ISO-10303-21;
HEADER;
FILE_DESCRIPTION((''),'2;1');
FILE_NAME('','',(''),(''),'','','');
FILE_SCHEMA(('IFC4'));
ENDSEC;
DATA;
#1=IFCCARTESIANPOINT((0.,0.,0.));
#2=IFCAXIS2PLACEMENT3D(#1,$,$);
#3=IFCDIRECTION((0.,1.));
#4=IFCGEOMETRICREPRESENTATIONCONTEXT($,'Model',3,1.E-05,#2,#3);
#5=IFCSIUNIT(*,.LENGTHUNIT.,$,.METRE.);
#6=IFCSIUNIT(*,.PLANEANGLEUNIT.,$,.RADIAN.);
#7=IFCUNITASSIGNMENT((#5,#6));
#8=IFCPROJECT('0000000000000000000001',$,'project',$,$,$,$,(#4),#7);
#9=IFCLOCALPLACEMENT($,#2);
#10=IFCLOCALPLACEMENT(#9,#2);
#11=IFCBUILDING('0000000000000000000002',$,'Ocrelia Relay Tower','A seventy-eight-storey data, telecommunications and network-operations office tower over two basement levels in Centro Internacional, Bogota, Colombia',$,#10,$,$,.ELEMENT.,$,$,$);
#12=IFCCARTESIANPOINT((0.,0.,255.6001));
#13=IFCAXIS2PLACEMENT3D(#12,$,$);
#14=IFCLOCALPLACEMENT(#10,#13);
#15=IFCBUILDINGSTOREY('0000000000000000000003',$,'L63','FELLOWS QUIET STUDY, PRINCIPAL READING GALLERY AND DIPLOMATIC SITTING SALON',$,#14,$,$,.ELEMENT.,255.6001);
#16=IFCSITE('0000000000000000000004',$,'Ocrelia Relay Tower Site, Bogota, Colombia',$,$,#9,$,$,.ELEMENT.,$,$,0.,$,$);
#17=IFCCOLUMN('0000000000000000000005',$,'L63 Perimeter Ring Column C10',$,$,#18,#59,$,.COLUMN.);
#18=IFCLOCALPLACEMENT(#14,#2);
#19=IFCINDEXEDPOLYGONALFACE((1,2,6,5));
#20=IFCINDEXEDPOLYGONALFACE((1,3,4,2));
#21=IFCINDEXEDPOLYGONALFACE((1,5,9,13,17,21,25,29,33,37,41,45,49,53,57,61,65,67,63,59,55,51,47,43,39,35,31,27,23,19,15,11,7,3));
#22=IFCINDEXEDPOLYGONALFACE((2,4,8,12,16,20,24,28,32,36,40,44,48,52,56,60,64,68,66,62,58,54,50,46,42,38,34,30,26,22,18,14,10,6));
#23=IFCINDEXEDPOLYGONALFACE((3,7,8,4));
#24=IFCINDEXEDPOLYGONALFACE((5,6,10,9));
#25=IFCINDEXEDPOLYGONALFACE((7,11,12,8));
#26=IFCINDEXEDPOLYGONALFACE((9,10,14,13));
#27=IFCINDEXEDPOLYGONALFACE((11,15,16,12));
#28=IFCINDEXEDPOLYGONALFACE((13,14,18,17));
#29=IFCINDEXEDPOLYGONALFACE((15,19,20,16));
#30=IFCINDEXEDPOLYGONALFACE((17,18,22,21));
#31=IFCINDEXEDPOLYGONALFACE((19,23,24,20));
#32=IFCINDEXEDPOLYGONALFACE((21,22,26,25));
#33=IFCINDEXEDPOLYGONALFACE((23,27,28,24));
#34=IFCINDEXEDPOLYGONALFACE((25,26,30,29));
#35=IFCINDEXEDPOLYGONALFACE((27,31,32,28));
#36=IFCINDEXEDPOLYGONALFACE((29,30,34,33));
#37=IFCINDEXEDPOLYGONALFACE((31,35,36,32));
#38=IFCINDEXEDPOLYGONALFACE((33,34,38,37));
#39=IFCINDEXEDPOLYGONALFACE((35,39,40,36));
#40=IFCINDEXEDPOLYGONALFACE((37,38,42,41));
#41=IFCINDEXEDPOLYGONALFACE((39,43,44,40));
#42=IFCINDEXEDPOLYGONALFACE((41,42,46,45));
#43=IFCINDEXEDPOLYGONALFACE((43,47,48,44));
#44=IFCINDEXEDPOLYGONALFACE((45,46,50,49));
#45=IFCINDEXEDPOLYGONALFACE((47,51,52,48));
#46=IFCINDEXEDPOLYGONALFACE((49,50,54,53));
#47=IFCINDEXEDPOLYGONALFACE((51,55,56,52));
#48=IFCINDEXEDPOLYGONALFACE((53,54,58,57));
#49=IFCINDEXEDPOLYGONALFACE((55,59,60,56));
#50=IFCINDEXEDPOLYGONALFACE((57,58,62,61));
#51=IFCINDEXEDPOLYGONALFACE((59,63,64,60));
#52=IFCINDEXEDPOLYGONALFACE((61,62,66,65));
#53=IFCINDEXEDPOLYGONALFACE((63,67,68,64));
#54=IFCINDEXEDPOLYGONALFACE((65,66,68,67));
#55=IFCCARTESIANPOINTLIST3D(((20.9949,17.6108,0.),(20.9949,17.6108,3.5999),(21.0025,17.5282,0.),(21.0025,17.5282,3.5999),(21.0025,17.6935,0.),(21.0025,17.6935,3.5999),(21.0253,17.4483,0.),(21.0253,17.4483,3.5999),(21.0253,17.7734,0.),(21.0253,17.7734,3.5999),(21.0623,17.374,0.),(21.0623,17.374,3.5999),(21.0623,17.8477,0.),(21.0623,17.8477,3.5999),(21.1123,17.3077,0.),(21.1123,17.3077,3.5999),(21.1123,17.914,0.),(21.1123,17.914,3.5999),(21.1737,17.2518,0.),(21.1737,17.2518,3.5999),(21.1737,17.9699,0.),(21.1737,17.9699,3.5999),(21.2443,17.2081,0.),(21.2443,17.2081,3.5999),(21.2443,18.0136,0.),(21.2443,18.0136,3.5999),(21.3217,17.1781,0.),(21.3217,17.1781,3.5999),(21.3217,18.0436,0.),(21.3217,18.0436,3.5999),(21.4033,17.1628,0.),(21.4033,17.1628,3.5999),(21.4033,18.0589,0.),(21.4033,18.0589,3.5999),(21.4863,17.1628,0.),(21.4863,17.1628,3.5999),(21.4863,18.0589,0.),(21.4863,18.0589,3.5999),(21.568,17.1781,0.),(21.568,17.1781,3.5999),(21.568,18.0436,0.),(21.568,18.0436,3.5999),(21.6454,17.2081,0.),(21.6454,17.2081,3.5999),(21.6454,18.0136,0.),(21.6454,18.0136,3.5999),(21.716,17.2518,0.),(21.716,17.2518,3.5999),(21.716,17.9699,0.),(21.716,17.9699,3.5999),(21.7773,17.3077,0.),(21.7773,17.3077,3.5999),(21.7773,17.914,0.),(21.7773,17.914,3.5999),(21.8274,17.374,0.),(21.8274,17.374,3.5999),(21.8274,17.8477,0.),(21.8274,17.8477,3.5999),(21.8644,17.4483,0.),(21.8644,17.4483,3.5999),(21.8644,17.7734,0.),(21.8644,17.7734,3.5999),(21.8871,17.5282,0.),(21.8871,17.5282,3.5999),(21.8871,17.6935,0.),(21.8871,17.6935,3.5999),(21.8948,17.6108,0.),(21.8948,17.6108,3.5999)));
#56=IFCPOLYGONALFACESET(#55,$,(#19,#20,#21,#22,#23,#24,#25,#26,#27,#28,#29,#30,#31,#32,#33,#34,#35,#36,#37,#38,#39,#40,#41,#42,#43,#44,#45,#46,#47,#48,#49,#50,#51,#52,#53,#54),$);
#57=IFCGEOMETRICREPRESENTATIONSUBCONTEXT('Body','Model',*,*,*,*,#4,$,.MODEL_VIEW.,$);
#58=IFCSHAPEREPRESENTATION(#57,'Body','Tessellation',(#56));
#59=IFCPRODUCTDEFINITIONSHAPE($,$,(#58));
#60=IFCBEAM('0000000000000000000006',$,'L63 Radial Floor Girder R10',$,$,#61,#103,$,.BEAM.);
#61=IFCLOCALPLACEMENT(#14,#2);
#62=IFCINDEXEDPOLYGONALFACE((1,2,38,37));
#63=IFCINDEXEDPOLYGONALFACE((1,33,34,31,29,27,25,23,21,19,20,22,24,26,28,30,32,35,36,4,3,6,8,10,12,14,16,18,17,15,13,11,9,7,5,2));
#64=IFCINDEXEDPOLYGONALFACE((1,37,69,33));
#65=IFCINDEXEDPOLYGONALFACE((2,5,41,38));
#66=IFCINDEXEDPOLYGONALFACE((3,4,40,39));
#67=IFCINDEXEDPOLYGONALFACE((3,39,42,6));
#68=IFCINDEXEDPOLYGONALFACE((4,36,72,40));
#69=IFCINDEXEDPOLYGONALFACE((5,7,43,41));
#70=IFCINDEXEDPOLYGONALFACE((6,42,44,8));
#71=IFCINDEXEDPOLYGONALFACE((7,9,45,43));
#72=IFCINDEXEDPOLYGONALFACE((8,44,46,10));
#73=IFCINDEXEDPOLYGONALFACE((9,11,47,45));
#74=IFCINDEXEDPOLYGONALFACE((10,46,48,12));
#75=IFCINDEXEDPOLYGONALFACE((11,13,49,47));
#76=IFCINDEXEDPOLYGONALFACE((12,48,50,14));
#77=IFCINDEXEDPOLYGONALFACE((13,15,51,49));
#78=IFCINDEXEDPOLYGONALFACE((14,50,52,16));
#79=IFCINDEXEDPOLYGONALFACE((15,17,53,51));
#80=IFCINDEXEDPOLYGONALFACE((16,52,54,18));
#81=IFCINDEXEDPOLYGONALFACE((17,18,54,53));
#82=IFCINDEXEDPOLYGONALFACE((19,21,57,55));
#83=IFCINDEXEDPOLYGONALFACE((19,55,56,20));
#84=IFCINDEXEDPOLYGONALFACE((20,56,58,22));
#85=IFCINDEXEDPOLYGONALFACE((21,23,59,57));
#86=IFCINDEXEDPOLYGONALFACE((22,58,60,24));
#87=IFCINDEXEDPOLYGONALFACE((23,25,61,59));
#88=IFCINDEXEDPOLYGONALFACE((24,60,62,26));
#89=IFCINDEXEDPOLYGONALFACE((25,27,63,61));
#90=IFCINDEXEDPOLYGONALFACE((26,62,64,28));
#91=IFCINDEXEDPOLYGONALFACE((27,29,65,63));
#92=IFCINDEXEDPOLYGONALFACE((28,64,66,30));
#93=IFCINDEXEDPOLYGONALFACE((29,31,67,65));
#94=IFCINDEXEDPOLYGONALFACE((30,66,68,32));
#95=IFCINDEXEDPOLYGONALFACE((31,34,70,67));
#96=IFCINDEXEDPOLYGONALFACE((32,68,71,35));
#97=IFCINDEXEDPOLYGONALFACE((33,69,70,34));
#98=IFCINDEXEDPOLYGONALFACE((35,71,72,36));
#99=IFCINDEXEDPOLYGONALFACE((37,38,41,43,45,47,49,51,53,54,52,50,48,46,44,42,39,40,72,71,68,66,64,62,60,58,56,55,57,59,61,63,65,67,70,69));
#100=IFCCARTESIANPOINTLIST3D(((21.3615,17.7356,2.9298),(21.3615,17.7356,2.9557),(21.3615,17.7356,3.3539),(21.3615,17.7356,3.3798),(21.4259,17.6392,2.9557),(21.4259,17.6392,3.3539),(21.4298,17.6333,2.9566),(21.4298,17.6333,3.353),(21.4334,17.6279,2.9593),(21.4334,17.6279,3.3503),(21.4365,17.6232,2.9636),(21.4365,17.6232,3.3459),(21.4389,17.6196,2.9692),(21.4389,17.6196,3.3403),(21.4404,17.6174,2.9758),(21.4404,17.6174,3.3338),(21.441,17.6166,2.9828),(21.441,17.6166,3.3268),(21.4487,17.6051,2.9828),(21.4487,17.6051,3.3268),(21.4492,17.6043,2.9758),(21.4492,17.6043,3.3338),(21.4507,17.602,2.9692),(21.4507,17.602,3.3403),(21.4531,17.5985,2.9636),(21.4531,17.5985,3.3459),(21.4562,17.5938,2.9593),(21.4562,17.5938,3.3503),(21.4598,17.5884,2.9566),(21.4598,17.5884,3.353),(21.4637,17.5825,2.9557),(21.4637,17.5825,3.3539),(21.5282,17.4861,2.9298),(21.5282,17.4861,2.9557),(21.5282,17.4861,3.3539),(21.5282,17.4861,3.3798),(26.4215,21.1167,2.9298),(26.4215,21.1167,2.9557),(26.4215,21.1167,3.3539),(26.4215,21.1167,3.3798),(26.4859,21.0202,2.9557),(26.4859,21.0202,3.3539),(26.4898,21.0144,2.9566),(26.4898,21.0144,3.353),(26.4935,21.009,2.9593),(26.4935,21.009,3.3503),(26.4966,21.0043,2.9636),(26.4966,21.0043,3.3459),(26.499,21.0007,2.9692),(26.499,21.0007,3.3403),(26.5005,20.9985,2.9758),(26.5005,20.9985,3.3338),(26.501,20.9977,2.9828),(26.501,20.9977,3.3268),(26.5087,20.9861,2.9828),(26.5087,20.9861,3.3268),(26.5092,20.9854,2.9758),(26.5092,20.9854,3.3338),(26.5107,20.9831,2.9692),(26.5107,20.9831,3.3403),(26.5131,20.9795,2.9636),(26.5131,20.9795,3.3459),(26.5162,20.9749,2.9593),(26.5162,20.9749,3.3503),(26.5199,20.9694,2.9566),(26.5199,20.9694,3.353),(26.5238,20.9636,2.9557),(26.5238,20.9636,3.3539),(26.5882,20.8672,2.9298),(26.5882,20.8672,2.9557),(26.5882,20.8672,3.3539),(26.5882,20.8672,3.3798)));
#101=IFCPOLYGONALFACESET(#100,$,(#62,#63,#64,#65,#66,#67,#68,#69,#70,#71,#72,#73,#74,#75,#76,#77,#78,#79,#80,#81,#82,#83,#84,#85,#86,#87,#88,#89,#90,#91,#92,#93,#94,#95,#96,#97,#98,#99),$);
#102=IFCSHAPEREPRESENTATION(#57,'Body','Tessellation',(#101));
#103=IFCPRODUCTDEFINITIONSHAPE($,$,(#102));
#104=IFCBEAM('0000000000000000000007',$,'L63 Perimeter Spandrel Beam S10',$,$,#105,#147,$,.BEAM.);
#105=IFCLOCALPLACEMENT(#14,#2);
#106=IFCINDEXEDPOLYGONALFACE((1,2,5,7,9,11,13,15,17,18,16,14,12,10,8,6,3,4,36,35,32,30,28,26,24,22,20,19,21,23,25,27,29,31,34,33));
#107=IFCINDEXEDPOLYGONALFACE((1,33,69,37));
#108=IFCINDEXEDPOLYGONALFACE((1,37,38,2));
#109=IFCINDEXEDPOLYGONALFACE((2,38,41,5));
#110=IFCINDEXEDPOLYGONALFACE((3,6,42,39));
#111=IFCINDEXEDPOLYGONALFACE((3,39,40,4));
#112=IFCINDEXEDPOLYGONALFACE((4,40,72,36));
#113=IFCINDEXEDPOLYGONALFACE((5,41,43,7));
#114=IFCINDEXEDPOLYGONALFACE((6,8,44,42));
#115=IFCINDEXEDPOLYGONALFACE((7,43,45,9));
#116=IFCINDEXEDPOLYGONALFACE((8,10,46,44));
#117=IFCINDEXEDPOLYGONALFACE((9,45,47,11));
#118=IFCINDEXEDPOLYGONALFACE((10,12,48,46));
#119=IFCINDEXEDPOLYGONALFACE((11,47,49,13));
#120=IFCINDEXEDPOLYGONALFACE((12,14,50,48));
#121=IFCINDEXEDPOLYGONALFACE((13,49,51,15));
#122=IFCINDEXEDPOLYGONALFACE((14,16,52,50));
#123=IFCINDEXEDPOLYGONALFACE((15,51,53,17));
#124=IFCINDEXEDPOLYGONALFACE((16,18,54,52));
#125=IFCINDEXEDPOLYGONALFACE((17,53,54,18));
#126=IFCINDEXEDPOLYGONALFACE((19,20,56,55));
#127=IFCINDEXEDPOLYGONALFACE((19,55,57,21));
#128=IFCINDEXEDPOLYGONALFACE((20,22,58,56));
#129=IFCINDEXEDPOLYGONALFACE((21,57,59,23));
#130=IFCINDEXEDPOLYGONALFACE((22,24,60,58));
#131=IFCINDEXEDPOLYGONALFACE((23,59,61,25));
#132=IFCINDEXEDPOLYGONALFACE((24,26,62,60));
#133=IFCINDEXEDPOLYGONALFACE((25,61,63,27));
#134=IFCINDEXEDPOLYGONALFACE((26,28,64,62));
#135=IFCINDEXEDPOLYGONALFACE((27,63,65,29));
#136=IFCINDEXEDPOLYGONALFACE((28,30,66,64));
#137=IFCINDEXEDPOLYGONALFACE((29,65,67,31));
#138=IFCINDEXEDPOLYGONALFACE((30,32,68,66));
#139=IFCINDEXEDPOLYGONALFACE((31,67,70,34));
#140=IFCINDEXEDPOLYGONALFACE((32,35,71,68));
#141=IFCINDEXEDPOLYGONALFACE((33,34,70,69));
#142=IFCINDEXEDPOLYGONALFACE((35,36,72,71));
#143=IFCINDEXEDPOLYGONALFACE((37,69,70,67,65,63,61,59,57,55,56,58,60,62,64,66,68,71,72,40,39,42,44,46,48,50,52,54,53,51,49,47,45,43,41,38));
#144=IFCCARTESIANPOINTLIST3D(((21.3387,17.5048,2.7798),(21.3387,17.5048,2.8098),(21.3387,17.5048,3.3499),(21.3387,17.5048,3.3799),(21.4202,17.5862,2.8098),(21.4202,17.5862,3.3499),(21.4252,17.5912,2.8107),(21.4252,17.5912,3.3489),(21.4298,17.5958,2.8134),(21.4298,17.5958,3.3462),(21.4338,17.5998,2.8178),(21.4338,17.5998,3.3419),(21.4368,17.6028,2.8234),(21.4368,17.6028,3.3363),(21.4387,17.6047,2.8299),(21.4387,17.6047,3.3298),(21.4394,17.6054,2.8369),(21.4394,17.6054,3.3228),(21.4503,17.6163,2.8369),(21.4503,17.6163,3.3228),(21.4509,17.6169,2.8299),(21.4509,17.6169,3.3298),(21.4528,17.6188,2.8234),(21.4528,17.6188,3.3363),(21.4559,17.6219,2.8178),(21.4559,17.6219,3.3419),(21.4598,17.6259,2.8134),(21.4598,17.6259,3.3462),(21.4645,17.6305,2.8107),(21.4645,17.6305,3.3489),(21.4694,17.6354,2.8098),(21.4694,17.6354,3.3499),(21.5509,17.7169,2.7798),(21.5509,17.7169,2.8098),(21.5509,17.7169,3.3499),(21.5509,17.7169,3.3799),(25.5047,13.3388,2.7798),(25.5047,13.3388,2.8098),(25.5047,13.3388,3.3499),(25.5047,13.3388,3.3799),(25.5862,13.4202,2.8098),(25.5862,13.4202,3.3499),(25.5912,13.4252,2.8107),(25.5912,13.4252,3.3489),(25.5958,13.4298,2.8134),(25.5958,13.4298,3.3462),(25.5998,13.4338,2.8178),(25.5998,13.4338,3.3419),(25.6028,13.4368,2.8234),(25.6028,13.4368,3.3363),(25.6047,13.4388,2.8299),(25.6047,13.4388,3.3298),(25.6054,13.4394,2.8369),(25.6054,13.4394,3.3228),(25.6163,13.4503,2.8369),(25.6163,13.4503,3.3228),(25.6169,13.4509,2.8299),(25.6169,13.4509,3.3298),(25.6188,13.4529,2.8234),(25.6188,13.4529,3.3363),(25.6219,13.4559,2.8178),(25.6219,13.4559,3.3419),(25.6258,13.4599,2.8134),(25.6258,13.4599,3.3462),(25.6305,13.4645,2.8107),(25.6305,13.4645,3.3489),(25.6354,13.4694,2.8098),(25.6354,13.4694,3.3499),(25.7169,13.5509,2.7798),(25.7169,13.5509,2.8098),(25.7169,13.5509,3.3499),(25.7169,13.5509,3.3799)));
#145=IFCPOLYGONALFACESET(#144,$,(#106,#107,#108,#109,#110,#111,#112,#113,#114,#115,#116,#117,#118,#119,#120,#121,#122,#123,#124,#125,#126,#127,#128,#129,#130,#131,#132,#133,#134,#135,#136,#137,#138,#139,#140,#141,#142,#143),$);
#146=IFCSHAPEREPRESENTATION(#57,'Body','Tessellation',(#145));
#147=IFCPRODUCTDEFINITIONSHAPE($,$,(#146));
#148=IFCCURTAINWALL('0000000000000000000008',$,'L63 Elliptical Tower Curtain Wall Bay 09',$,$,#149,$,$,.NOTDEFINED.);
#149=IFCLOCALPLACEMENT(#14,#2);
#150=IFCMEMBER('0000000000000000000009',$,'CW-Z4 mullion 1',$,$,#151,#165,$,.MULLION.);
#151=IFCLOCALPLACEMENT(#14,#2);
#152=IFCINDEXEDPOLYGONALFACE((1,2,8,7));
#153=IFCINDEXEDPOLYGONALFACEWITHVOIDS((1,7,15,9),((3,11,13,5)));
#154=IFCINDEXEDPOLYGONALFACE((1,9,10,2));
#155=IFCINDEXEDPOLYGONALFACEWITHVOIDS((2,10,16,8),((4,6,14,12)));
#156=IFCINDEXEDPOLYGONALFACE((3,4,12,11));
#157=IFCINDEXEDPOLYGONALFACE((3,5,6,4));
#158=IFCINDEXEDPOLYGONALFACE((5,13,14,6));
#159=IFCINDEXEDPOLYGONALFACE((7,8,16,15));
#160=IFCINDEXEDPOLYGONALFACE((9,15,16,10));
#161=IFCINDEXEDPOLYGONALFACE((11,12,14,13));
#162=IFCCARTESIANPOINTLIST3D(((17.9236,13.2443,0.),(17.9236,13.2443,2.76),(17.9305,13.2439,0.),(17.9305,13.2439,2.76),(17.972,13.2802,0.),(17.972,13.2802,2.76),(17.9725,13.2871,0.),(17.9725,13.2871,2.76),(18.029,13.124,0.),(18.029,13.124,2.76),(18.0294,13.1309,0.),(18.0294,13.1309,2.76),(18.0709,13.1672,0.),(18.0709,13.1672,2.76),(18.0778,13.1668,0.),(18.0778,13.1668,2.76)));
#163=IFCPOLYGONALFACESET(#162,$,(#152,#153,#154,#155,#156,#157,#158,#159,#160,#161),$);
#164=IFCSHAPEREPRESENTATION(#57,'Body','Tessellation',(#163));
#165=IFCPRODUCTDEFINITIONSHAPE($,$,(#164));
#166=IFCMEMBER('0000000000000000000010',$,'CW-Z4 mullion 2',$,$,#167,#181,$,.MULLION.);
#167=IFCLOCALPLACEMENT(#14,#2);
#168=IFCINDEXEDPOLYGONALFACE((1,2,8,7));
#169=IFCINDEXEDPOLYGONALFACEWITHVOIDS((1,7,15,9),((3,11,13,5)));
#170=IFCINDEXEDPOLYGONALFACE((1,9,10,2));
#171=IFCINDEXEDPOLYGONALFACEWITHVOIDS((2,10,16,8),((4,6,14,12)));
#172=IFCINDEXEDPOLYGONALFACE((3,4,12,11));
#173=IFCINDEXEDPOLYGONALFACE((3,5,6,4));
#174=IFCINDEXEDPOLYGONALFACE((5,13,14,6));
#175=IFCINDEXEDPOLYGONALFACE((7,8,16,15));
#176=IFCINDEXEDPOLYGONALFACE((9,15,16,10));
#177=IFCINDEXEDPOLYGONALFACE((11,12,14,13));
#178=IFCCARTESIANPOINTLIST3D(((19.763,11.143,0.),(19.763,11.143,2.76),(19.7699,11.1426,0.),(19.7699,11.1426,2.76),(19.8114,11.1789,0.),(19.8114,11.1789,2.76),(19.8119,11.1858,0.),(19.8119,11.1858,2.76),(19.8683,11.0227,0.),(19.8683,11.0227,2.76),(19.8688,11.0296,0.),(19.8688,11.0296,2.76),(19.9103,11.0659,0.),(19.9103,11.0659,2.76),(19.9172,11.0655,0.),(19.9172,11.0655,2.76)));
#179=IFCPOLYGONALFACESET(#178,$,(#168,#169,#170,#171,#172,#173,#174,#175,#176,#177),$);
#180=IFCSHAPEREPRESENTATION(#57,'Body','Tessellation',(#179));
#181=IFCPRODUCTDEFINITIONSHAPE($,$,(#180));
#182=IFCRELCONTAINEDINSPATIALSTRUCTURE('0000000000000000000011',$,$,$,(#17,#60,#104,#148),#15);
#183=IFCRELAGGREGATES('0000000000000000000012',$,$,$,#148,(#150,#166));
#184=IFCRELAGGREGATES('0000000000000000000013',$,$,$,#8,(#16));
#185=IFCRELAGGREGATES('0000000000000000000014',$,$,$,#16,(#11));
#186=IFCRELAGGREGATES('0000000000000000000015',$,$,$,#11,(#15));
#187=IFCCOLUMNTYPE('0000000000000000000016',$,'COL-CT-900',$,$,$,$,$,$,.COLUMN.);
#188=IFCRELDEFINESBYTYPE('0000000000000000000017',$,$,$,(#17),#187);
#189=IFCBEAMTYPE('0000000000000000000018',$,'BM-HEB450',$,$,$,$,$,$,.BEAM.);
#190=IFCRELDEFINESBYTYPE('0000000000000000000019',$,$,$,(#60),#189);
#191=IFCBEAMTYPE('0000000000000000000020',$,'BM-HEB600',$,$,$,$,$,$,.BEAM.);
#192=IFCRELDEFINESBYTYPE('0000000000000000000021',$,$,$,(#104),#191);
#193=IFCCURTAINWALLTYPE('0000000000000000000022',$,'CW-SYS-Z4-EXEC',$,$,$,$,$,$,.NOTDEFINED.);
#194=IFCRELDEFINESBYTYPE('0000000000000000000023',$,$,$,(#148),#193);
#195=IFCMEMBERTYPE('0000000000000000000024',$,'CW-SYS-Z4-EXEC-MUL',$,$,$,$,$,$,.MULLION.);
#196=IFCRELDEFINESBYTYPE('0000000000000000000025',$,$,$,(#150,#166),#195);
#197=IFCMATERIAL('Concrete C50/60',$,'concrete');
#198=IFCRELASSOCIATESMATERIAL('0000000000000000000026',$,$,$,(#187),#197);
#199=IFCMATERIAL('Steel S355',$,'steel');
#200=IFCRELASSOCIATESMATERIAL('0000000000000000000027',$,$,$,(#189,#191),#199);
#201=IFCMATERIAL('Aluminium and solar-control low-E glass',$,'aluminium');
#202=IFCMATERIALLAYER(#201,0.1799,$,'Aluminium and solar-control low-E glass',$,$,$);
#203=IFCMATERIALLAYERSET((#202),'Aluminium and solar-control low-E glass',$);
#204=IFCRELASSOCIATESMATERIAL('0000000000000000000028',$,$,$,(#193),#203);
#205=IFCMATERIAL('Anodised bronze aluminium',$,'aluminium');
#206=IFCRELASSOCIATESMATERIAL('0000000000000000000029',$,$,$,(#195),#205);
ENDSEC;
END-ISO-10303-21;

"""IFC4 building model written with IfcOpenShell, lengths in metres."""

from ifc_helpers import new_model, si_unit, direction, frame, origin, origin_2d, place, context, subcontext, project, spatial, hollow_rectangle, circle, i_section, extrude, material, layer, layer_set, material_profile, profile_set, type_object, element, aggregate, save


model = new_model("IFC4")

# Units and contexts
model_context = context("Model", 3, precision=1e-05, world=origin(), true_north=direction((0.0, 1.0)))
body_context = subcontext(model_context, "Body", "Model", "MODEL_VIEW")
ifc_project = project(units=[si_unit("LENGTHUNIT", "METRE"), si_unit("PLANEANGLEUNIT", "RADIAN")], contexts=[model_context])

# Site, building, storey
site_placement = place(None, origin())
site = spatial("IfcSite", under=ifc_project, at=site_placement, Name="Ocrelia Relay Tower Site, Bogota, Colombia", CompositionType="ELEMENT", RefElevation=0.0)
building_placement = place(site_placement, origin())
building = spatial("IfcBuilding", under=site, at=building_placement, Name="Ocrelia Relay Tower", Description="A seventy-eight-storey data, telecommunications and network-operations office tower over two basement levels in Centro Internacional, Bogota, Colombia", CompositionType="ELEMENT")
storey_placement = place(building_placement, frame((0.0, 0.0, 255.6001)))
storey = spatial("IfcBuildingStorey", under=building, at=storey_placement, Name="L63", Description="FELLOWS QUIET STUDY, PRINCIPAL READING GALLERY AND DIPLOMATIC SITTING SALON", CompositionType="ELEMENT", Elevation=255.6001)

# Column
ifc_material_1 = material(Name="Concrete C50/60", Category="concrete")
ifc_material_profile_1 = material_profile(ifc_material_1, circle(Radius=0.45, at=origin_2d()), Name="RC-CIR-900")
ifc_profile_set_1 = profile_set([ifc_material_profile_1], Name="Concrete C50/60")
column_type = type_object("IfcColumnType", Name="COL-CT-900", PredefinedType="COLUMN", material=ifc_profile_set_1)
column_placement = place(storey_placement, frame((21.4448, 17.6108, 0.0), z_axis=(0.0, 0.0, 1.0), x_axis=(1.0, 0.0, 0.0)))
element("IfcColumn", 1, at=column_placement, inside=storey, type_object=column_type, Name="L63 Perimeter Ring Column C10", PredefinedType="COLUMN", context=body_context, shape_type="SweptSolid", body=[
    extrude(circle(Radius=0.45, at=origin_2d()), origin(), (0.0, 0.0, 1.0), 3.5999),
])

# Beams
ifc_material_2 = material(Name="Steel S355", Category="steel")
ifc_material_profile_2 = material_profile(ifc_material_2, i_section(OverallWidth=0.3, OverallDepth=0.45, WebThickness=0.0139, FlangeThickness=0.0259, FilletRadius=0.0271, at=origin_2d()), Name="HEB 450")
ifc_profile_set_2 = profile_set([ifc_material_profile_2], Name="Steel S355")
beam_type_1 = type_object("IfcBeamType", Name="BM-HEB450", PredefinedType="BEAM", material=ifc_profile_set_2)
beam_1_placement = place(storey_placement, frame((21.4448, 17.6108, 3.1548), z_axis=(0.831464, 0.555579, 0.0), x_axis=(-0.555579, 0.831464, 0.0)))
element("IfcBeam", 2, at=beam_1_placement, inside=storey, type_object=beam_type_1, Name="L63 Radial Floor Girder R10", PredefinedType="BEAM", context=body_context, shape_type="SweptSolid", body=[
    extrude(i_section(OverallWidth=0.3, OverallDepth=0.45, WebThickness=0.0139, FlangeThickness=0.0259, FilletRadius=0.0271, at=origin_2d()), origin(), (0.0, 0.0, 1.0), 6.0857),
])
ifc_material_profile_3 = material_profile(ifc_material_2, i_section(OverallWidth=0.3, OverallDepth=0.6001, WebThickness=0.0154, FlangeThickness=0.03, FilletRadius=0.0271, at=origin_2d()), Name="HEB 600")
ifc_profile_set_3 = profile_set([ifc_material_profile_3], Name="Steel S355")
beam_type_2 = type_object("IfcBeamType", Name="BM-HEB600", PredefinedType="BEAM", material=ifc_profile_set_3)
beam_2_placement = place(storey_placement, frame((21.4448, 17.6108, 3.0798), z_axis=(0.707107, -0.707107, 0.0), x_axis=(0.707107, 0.707107, 0.0)))
element("IfcBeam", 3, at=beam_2_placement, inside=storey, type_object=beam_type_2, Name="L63 Perimeter Spandrel Beam S10", PredefinedType="BEAM", context=body_context, shape_type="SweptSolid", body=[
    extrude(i_section(OverallWidth=0.3, OverallDepth=0.6001, WebThickness=0.0154, FlangeThickness=0.03, FilletRadius=0.0271, at=origin_2d()), origin(), (0.0, 0.0, 1.0), 5.8916),
])

# Curtain wall, members
ifc_material_3 = material(Name="Aluminium and solar-control low-E glass", Category="aluminium")
ifc_layer_1 = layer(ifc_material_3, 0.1799, Name="Aluminium and solar-control low-E glass")
ifc_layer_set_1 = layer_set([ifc_layer_1], Name="Aluminium and solar-control low-E glass")
curtain_wall_type = type_object("IfcCurtainWallType", Name="CW-SYS-Z4-EXEC", PredefinedType="NOTDEFINED", material=ifc_layer_set_1)
curtain_wall_1_placement = place(storey_placement, origin())
curtain_wall_1 = element("IfcCurtainWall", 4, at=curtain_wall_1_placement, inside=storey, type_object=curtain_wall_type, Name="L63 Elliptical Tower Curtain Wall Bay 09", PredefinedType="NOTDEFINED")
ifc_material_4 = material(Name="Anodised bronze aluminium", Category="aluminium")
ifc_material_profile_4 = material_profile(ifc_material_4, hollow_rectangle(XDim=0.0649, YDim=0.1599, WallThickness=0.0049, at=origin_2d()), Name="CW-MUL-160x65")
ifc_profile_set_4 = profile_set([ifc_material_profile_4], Name="Anodised bronze aluminium")
member_type_1 = type_object("IfcMemberType", Name="CW-SYS-Z4-EXEC-MUL", PredefinedType="MULLION", material=ifc_profile_set_4)
member_1_placement = place(storey_placement, frame((18.0007, 13.2056, 0.0), z_axis=(0.0, 0.0, 1.0), x_axis=(0.752442, 0.658659, 0.0)))
member_1 = element("IfcMember", 5, at=member_1_placement, type_object=member_type_1, Name="CW-Z4 mullion 1", PredefinedType="MULLION", context=body_context, shape_type="SweptSolid", body=[
    extrude(hollow_rectangle(XDim=0.0649, YDim=0.1599, WallThickness=0.0049, at=origin_2d()), origin(), (0.0, 0.0, 1.0), 2.76),
])
member_2_placement = place(storey_placement, frame((19.8401, 11.1042, 0.0), z_axis=(0.0, 0.0, 1.0), x_axis=(0.752442, 0.658659, 0.0)))
member_2 = element("IfcMember", 6, at=member_2_placement, type_object=member_type_1, Name="CW-Z4 mullion 2", PredefinedType="MULLION", context=body_context, shape_type="SweptSolid", body=[
    extrude(hollow_rectangle(XDim=0.0649, YDim=0.1599, WallThickness=0.0049, at=origin_2d()), origin(), (0.0, 0.0, 1.0), 2.76),
])

aggregate(curtain_wall_1, [member_1, member_2])

save(model, "model.ifc")
